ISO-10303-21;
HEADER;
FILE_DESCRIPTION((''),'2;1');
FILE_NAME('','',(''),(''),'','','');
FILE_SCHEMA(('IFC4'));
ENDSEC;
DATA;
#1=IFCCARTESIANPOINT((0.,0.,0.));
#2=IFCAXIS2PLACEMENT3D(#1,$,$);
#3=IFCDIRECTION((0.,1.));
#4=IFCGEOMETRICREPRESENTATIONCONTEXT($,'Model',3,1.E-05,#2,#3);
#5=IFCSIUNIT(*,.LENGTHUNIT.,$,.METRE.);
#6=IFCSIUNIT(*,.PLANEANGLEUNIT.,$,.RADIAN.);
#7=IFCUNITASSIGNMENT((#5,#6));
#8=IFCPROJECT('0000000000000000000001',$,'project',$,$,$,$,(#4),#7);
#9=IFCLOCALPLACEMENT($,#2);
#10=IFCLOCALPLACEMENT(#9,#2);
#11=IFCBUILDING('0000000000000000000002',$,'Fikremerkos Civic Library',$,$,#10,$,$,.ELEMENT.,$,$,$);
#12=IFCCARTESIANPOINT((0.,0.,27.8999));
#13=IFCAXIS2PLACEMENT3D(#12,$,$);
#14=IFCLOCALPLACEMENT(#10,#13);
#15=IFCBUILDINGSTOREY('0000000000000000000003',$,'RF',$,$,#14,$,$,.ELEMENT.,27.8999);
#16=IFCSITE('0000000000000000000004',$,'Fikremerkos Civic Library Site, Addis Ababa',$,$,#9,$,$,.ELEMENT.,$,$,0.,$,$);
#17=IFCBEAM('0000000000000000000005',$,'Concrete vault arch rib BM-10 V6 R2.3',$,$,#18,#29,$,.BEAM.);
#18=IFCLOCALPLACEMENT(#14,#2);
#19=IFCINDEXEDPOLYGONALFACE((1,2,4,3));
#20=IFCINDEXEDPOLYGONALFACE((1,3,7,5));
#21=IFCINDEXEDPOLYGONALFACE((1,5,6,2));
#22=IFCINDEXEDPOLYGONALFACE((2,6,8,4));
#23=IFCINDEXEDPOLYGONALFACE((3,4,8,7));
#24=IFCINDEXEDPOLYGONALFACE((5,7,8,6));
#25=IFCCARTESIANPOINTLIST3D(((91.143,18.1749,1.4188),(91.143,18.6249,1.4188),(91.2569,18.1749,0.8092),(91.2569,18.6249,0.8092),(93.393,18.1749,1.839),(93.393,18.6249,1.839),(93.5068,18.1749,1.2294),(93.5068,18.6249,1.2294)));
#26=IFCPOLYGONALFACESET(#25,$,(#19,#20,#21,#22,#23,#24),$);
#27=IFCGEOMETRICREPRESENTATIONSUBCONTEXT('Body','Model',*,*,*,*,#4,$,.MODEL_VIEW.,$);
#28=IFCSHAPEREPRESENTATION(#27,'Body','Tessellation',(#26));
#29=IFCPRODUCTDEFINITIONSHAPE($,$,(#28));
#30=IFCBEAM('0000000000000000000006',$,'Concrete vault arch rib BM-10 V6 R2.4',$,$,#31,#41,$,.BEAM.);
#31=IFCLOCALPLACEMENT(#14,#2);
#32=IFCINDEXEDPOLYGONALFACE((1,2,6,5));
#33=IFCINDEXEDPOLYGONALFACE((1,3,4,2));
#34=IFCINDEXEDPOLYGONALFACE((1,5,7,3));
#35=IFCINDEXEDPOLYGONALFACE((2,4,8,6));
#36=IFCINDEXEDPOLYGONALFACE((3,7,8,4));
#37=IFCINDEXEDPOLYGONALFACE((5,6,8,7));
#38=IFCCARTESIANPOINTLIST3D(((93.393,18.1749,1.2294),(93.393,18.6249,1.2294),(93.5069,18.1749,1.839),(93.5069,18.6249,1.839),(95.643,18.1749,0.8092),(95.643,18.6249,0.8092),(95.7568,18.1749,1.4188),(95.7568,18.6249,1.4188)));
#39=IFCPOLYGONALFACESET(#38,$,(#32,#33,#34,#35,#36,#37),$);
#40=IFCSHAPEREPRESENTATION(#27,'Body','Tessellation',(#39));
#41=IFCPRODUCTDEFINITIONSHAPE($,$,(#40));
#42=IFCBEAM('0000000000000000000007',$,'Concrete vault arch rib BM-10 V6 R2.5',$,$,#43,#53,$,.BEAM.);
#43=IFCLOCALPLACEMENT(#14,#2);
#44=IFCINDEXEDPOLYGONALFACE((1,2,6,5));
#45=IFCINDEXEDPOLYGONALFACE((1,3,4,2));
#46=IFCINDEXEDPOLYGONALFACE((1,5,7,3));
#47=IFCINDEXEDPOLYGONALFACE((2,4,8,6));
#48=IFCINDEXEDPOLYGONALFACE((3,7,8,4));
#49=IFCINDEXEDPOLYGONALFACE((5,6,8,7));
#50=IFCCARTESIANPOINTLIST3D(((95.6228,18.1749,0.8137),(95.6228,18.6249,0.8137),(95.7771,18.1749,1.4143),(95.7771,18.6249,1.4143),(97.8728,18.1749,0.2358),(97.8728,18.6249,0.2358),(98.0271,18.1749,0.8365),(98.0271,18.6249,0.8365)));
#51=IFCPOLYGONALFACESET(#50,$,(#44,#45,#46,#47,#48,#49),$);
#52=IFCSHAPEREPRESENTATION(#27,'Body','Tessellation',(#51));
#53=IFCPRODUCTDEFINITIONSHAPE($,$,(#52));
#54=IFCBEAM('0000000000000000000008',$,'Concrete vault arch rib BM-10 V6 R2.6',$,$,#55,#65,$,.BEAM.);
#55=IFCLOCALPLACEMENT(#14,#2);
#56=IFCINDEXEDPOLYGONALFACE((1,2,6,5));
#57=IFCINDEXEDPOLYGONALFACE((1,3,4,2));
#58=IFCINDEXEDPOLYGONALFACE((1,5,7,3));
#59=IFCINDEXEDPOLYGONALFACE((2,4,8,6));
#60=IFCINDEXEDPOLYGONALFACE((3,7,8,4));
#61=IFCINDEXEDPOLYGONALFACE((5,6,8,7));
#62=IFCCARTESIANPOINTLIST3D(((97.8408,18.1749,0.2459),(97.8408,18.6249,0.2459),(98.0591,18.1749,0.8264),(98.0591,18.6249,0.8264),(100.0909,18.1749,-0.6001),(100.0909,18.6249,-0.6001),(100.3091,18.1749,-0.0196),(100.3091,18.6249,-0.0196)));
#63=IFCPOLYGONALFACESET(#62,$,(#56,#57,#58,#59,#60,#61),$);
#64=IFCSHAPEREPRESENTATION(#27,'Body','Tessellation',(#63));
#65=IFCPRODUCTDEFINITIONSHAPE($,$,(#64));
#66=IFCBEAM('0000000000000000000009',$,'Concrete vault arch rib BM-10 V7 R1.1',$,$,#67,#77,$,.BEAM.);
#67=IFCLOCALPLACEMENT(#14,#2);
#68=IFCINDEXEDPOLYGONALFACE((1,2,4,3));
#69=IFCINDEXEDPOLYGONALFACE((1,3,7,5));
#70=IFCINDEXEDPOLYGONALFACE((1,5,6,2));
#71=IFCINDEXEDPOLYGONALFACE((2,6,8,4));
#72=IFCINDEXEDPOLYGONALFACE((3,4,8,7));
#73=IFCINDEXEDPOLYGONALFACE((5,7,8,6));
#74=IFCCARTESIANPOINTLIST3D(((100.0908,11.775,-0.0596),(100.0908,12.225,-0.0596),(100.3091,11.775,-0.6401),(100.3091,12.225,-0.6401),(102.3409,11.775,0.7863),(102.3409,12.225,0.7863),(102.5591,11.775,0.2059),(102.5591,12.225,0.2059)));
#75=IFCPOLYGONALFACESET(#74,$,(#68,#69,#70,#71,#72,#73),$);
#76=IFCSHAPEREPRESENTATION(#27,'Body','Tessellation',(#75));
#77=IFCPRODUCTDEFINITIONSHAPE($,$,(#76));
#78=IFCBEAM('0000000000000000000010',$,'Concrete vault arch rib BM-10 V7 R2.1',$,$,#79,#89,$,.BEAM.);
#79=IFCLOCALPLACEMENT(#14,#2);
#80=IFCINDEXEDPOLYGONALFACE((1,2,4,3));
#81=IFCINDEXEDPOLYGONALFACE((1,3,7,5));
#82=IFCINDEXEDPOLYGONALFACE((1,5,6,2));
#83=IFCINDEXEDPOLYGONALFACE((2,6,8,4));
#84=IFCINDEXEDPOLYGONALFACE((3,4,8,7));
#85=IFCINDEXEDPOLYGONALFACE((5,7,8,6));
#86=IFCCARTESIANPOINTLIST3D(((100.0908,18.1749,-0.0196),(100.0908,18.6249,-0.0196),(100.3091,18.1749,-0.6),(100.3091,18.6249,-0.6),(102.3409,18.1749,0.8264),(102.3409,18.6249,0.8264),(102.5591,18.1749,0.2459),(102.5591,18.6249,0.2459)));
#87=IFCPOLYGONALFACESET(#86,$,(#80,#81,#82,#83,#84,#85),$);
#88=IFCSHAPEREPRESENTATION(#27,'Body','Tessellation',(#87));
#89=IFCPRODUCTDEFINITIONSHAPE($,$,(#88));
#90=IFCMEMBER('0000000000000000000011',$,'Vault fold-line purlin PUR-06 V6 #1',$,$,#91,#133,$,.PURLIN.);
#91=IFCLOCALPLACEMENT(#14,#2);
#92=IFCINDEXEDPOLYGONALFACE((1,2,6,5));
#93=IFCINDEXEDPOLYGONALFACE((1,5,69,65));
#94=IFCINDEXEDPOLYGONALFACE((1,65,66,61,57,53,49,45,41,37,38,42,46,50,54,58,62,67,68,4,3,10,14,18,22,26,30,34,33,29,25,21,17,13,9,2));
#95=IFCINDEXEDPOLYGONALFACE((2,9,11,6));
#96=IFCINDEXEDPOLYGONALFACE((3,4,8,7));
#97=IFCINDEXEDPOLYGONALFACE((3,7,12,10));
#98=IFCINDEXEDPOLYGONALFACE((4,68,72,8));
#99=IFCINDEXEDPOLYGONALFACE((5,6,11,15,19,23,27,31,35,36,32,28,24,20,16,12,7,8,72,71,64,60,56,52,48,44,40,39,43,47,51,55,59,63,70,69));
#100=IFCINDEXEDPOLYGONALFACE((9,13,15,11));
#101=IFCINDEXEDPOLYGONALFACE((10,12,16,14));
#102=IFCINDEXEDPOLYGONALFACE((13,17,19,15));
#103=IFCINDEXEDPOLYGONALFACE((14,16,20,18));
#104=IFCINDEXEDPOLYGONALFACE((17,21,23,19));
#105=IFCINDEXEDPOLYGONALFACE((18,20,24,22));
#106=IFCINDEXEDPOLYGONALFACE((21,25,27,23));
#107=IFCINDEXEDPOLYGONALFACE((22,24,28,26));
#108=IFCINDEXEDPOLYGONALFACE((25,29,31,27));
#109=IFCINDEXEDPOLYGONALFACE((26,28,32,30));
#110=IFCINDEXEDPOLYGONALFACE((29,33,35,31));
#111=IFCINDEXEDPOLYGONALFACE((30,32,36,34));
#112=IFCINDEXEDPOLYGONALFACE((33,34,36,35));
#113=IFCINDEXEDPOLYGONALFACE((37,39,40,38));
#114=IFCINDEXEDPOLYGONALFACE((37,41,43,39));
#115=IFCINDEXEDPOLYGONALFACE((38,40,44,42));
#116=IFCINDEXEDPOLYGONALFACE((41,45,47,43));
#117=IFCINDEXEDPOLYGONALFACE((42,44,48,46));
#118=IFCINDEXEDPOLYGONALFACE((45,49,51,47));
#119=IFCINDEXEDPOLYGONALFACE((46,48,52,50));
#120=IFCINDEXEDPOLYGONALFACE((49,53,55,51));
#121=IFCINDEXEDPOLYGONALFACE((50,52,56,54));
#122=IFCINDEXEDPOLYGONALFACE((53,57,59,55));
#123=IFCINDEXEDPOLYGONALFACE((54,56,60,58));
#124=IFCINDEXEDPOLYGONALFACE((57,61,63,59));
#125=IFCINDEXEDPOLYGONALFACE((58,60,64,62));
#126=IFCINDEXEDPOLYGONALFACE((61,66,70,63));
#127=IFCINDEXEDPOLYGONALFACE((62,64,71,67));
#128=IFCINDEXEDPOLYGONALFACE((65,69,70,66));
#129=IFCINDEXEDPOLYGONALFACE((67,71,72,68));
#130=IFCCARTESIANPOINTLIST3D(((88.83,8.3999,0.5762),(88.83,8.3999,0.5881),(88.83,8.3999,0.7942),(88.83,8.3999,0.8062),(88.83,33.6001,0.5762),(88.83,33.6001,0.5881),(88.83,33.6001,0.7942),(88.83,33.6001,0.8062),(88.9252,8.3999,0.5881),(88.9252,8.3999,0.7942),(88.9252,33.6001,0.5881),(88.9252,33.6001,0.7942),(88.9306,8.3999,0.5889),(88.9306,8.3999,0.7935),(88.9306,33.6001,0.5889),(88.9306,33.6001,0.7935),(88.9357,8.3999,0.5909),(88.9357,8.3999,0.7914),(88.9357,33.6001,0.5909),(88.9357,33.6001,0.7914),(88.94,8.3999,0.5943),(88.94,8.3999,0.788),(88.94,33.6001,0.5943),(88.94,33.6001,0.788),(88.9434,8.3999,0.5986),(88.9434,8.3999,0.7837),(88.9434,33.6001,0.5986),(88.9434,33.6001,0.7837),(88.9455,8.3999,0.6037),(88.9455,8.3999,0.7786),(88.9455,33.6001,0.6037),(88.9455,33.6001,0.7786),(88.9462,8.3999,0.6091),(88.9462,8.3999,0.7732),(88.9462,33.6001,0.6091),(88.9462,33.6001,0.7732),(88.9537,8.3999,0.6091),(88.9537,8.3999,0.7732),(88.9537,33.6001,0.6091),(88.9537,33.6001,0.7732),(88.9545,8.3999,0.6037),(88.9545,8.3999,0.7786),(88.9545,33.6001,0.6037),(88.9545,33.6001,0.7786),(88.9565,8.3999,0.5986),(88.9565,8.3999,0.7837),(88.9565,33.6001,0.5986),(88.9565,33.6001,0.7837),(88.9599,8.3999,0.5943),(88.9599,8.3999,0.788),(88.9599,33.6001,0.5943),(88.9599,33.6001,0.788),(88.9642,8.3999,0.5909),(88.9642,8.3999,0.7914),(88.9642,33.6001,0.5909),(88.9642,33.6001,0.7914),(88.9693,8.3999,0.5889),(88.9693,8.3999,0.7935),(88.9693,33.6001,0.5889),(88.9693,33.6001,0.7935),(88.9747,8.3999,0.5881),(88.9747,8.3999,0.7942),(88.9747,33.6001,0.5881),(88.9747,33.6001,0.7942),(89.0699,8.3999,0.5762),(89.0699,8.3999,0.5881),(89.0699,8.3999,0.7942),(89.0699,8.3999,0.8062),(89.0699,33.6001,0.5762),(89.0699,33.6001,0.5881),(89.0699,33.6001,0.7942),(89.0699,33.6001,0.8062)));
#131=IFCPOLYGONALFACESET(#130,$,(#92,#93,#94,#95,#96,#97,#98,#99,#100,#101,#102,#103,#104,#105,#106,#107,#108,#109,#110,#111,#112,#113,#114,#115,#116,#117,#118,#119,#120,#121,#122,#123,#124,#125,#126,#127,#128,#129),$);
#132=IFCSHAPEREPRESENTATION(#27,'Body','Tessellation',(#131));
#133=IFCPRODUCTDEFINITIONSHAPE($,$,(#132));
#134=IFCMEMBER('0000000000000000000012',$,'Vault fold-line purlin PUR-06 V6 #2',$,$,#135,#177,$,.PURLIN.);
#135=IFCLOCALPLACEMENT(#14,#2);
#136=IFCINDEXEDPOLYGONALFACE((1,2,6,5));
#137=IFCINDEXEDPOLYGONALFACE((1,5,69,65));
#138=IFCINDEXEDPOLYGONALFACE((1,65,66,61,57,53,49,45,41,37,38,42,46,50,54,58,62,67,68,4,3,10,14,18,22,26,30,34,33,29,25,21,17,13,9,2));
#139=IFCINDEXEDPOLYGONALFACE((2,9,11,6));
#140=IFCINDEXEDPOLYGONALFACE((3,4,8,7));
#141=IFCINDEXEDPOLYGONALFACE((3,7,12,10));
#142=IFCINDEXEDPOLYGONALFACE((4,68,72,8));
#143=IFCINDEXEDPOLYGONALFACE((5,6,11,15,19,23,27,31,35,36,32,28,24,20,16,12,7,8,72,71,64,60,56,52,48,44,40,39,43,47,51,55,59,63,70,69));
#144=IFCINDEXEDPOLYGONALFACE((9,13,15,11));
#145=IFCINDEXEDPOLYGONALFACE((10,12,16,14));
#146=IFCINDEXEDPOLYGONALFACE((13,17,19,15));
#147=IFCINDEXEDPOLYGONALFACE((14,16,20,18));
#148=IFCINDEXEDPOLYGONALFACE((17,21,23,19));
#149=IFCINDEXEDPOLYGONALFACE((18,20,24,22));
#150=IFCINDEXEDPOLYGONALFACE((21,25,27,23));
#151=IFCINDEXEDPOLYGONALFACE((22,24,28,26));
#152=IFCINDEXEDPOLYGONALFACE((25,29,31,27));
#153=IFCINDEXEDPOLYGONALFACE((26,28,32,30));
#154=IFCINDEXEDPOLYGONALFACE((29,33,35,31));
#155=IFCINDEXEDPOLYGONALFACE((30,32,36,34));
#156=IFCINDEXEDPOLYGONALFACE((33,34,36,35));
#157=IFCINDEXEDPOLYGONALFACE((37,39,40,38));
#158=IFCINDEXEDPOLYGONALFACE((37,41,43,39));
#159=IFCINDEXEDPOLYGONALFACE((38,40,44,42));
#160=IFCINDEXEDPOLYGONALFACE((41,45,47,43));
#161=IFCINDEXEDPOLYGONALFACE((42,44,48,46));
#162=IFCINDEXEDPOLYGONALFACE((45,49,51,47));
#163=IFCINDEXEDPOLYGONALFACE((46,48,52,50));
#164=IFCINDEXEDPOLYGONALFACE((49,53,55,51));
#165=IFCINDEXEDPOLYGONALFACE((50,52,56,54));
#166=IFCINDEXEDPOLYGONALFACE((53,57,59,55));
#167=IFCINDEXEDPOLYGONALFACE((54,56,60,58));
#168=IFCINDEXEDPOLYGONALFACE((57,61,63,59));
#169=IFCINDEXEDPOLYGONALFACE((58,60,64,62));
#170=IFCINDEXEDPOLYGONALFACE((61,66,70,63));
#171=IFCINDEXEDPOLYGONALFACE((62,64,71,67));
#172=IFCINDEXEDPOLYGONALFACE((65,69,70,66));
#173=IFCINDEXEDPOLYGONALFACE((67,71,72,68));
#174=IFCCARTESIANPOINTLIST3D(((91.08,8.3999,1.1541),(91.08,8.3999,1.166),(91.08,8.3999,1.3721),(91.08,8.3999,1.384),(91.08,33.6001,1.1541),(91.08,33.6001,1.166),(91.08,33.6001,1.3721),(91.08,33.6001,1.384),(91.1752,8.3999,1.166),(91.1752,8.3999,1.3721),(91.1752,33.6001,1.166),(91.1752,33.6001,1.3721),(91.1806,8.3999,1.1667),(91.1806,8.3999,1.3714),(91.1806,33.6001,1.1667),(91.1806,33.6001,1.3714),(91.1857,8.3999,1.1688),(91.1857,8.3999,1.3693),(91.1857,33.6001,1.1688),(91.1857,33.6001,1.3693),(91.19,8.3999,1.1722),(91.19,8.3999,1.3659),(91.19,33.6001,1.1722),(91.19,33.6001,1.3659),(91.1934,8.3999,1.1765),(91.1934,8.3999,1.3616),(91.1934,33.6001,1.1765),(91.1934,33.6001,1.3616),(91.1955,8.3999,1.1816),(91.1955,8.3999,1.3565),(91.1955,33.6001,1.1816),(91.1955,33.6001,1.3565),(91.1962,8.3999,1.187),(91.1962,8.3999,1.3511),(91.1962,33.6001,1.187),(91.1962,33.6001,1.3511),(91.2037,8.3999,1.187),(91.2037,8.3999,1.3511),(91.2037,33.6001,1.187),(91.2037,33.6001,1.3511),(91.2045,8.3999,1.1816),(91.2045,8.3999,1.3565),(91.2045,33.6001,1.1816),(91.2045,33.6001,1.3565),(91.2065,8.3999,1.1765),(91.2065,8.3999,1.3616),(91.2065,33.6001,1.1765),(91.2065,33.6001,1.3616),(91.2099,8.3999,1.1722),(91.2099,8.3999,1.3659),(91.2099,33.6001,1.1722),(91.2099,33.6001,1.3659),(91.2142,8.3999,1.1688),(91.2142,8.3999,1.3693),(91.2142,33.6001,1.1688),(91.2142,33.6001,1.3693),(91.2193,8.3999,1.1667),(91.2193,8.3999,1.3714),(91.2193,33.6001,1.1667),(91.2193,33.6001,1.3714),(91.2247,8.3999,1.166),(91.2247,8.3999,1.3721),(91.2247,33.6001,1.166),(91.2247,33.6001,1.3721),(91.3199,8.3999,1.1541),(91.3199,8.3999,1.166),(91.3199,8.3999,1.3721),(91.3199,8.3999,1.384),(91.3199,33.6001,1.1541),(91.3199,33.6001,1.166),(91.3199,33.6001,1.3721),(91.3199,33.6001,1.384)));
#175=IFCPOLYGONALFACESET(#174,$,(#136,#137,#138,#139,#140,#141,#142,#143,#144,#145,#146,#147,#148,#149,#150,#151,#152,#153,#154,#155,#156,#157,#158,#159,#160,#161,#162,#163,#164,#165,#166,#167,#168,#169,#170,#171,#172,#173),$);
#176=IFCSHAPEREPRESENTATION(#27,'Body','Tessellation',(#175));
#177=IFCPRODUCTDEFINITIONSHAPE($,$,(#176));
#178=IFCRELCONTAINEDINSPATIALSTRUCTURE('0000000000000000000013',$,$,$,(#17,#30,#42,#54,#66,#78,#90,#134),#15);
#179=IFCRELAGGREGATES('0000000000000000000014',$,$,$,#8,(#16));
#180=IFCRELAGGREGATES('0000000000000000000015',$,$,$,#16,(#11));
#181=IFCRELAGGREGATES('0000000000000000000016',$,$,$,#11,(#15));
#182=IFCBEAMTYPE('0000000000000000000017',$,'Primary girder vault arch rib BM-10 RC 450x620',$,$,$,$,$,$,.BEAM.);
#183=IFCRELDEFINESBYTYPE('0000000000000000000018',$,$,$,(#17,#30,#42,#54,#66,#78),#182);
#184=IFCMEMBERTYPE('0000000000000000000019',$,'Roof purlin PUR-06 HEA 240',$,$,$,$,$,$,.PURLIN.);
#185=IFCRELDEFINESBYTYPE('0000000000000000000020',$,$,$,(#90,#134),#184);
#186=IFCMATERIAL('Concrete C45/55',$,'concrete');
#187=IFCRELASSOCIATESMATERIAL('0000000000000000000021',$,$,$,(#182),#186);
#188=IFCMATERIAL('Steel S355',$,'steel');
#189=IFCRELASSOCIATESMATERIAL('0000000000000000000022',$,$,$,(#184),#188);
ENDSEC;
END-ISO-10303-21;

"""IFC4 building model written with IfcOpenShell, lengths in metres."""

from ifc_helpers import new_model, si_unit, direction, frame, origin, origin_2d, place, context, subcontext, project, spatial, rectangle, i_section, extrude, material, material_profile, profile_set, type_object, element, save


model = new_model("IFC4")

# Units and contexts
model_context = context("Model", 3, precision=1e-05, world=origin(), true_north=direction((0.0, 1.0)))
body_context = subcontext(model_context, "Body", "Model", "MODEL_VIEW")
ifc_project = project(units=[si_unit("LENGTHUNIT", "METRE"), si_unit("PLANEANGLEUNIT", "RADIAN")], contexts=[model_context])

# Site, building, storey
site_placement = place(None, origin())
site = spatial("IfcSite", under=ifc_project, at=site_placement, Name="Fikremerkos Civic Library Site, Addis Ababa", CompositionType="ELEMENT", RefElevation=0.0)
building_placement = place(site_placement, origin())
building = spatial("IfcBuilding", under=site, at=building_placement, Name="Fikremerkos Civic Library", CompositionType="ELEMENT")
storey_placement = place(building_placement, frame((0.0, 0.0, 27.8999)))
storey = spatial("IfcBuildingStorey", under=building, at=storey_placement, Name="RF", CompositionType="ELEMENT", Elevation=27.8999)

# Shared definitions
ifc_material_1 = material(Name="Steel S355", Category="steel")

# Beams
ifc_material_2 = material(Name="Concrete C45/55", Category="concrete")
ifc_material_profile_1 = material_profile(ifc_material_2, rectangle(XDim=0.45, YDim=0.6201, at=origin_2d()), Name="RC 450x620")
ifc_profile_set_1 = profile_set([ifc_material_profile_1], Name="Concrete C45/55")
beam_type_1 = type_object("IfcBeamType", Name="Primary girder vault arch rib BM-10 RC 450x620", PredefinedType="BEAM", material=ifc_profile_set_1)
for number, where, z_axis, x_axis, name in (
    (1, (91.2, 18.3999, 1.114), (0.983007, 0.0, 0.183567), (0.0, 1.0, 0.0), "Concrete vault arch rib BM-10 V6 R2.3"),
    (2, (93.45, 18.3999, 1.5342), (0.983007, 0.0, -0.183567), (0.0, 1.0, 0.0), "Concrete vault arch rib BM-10 V6 R2.4"),
):
    element("IfcBeam", number, at=place(storey_placement, frame(where, z_axis=z_axis, x_axis=x_axis)), inside=storey, type_object=beam_type_1, Name=name, PredefinedType="BEAM", context=body_context, shape_type="SweptSolid", body=[
        extrude(rectangle(XDim=0.45, YDim=0.6201, at=origin_2d()), origin(), (0.0, 0.0, 1.0), 2.2888),
    ])
beam_1_placement = place(storey_placement, frame((95.7, 18.3999, 1.114), z_axis=(0.968565, 0.0, -0.248762), x_axis=(0.0, 1.0, 0.0)))
element("IfcBeam", 3, at=beam_1_placement, inside=storey, type_object=beam_type_1, Name="Concrete vault arch rib BM-10 V6 R2.5", PredefinedType="BEAM", context=body_context, shape_type="SweptSolid", body=[
    extrude(rectangle(XDim=0.45, YDim=0.6201, at=origin_2d()), origin(), (0.0, 0.0, 1.0), 2.323),
])
for number, where, z_axis, x_axis, name in (
    (4, (97.95, 18.3999, 0.5361), (0.936028, 0.0, -0.351925), (0.0, 1.0, 0.0), "Concrete vault arch rib BM-10 V6 R2.6"),
    (5, (100.2, 12.0, -0.3499), (0.936028, 0.0, 0.351925), (0.0, 1.0, 0.0), "Concrete vault arch rib BM-10 V7 R1.1"),
    (6, (100.2, 18.3999, -0.3098), (0.936028, 0.0, 0.351925), (0.0, 1.0, 0.0), "Concrete vault arch rib BM-10 V7 R2.1"),
):
    element("IfcBeam", number, at=place(storey_placement, frame(where, z_axis=z_axis, x_axis=x_axis)), inside=storey, type_object=beam_type_1, Name=name, PredefinedType="BEAM", context=body_context, shape_type="SweptSolid", body=[
        extrude(rectangle(XDim=0.45, YDim=0.6201, at=origin_2d()), origin(), (0.0, 0.0, 1.0), 2.4038),
    ])

# Members
ifc_material_profile_2 = material_profile(ifc_material_1, i_section(OverallWidth=0.24, OverallDepth=0.23, WebThickness=0.0076, FlangeThickness=0.012, FilletRadius=0.021, at=origin_2d()), Name="HEA 240")
ifc_profile_set_2 = profile_set([ifc_material_profile_2], Name="Steel S355")
member_type_1 = type_object("IfcMemberType", Name="Roof purlin PUR-06 HEA 240", PredefinedType="PURLIN", material=ifc_profile_set_2)
for number, where, z_axis, x_axis, name in (
    (7, (88.95, 8.3999, 0.6912), (0.0, 1.0, 0.0), (-1.0, 0.0, 0.0), "Vault fold-line purlin PUR-06 V6 #1"),
    (8, (91.2, 8.3999, 1.269), (0.0, 1.0, 0.0), (-1.0, 0.0, 0.0), "Vault fold-line purlin PUR-06 V6 #2"),
):
    element("IfcMember", number, at=place(storey_placement, frame(where, z_axis=z_axis, x_axis=x_axis)), inside=storey, type_object=member_type_1, Name=name, PredefinedType="PURLIN", context=body_context, shape_type="SweptSolid", body=[
        extrude(i_section(OverallWidth=0.24, OverallDepth=0.23, WebThickness=0.0076, FlangeThickness=0.012, FilletRadius=0.021, at=origin_2d()), origin(), (0.0, 0.0, 1.0), 25.2002),
    ])

save(model, "model.ifc")
